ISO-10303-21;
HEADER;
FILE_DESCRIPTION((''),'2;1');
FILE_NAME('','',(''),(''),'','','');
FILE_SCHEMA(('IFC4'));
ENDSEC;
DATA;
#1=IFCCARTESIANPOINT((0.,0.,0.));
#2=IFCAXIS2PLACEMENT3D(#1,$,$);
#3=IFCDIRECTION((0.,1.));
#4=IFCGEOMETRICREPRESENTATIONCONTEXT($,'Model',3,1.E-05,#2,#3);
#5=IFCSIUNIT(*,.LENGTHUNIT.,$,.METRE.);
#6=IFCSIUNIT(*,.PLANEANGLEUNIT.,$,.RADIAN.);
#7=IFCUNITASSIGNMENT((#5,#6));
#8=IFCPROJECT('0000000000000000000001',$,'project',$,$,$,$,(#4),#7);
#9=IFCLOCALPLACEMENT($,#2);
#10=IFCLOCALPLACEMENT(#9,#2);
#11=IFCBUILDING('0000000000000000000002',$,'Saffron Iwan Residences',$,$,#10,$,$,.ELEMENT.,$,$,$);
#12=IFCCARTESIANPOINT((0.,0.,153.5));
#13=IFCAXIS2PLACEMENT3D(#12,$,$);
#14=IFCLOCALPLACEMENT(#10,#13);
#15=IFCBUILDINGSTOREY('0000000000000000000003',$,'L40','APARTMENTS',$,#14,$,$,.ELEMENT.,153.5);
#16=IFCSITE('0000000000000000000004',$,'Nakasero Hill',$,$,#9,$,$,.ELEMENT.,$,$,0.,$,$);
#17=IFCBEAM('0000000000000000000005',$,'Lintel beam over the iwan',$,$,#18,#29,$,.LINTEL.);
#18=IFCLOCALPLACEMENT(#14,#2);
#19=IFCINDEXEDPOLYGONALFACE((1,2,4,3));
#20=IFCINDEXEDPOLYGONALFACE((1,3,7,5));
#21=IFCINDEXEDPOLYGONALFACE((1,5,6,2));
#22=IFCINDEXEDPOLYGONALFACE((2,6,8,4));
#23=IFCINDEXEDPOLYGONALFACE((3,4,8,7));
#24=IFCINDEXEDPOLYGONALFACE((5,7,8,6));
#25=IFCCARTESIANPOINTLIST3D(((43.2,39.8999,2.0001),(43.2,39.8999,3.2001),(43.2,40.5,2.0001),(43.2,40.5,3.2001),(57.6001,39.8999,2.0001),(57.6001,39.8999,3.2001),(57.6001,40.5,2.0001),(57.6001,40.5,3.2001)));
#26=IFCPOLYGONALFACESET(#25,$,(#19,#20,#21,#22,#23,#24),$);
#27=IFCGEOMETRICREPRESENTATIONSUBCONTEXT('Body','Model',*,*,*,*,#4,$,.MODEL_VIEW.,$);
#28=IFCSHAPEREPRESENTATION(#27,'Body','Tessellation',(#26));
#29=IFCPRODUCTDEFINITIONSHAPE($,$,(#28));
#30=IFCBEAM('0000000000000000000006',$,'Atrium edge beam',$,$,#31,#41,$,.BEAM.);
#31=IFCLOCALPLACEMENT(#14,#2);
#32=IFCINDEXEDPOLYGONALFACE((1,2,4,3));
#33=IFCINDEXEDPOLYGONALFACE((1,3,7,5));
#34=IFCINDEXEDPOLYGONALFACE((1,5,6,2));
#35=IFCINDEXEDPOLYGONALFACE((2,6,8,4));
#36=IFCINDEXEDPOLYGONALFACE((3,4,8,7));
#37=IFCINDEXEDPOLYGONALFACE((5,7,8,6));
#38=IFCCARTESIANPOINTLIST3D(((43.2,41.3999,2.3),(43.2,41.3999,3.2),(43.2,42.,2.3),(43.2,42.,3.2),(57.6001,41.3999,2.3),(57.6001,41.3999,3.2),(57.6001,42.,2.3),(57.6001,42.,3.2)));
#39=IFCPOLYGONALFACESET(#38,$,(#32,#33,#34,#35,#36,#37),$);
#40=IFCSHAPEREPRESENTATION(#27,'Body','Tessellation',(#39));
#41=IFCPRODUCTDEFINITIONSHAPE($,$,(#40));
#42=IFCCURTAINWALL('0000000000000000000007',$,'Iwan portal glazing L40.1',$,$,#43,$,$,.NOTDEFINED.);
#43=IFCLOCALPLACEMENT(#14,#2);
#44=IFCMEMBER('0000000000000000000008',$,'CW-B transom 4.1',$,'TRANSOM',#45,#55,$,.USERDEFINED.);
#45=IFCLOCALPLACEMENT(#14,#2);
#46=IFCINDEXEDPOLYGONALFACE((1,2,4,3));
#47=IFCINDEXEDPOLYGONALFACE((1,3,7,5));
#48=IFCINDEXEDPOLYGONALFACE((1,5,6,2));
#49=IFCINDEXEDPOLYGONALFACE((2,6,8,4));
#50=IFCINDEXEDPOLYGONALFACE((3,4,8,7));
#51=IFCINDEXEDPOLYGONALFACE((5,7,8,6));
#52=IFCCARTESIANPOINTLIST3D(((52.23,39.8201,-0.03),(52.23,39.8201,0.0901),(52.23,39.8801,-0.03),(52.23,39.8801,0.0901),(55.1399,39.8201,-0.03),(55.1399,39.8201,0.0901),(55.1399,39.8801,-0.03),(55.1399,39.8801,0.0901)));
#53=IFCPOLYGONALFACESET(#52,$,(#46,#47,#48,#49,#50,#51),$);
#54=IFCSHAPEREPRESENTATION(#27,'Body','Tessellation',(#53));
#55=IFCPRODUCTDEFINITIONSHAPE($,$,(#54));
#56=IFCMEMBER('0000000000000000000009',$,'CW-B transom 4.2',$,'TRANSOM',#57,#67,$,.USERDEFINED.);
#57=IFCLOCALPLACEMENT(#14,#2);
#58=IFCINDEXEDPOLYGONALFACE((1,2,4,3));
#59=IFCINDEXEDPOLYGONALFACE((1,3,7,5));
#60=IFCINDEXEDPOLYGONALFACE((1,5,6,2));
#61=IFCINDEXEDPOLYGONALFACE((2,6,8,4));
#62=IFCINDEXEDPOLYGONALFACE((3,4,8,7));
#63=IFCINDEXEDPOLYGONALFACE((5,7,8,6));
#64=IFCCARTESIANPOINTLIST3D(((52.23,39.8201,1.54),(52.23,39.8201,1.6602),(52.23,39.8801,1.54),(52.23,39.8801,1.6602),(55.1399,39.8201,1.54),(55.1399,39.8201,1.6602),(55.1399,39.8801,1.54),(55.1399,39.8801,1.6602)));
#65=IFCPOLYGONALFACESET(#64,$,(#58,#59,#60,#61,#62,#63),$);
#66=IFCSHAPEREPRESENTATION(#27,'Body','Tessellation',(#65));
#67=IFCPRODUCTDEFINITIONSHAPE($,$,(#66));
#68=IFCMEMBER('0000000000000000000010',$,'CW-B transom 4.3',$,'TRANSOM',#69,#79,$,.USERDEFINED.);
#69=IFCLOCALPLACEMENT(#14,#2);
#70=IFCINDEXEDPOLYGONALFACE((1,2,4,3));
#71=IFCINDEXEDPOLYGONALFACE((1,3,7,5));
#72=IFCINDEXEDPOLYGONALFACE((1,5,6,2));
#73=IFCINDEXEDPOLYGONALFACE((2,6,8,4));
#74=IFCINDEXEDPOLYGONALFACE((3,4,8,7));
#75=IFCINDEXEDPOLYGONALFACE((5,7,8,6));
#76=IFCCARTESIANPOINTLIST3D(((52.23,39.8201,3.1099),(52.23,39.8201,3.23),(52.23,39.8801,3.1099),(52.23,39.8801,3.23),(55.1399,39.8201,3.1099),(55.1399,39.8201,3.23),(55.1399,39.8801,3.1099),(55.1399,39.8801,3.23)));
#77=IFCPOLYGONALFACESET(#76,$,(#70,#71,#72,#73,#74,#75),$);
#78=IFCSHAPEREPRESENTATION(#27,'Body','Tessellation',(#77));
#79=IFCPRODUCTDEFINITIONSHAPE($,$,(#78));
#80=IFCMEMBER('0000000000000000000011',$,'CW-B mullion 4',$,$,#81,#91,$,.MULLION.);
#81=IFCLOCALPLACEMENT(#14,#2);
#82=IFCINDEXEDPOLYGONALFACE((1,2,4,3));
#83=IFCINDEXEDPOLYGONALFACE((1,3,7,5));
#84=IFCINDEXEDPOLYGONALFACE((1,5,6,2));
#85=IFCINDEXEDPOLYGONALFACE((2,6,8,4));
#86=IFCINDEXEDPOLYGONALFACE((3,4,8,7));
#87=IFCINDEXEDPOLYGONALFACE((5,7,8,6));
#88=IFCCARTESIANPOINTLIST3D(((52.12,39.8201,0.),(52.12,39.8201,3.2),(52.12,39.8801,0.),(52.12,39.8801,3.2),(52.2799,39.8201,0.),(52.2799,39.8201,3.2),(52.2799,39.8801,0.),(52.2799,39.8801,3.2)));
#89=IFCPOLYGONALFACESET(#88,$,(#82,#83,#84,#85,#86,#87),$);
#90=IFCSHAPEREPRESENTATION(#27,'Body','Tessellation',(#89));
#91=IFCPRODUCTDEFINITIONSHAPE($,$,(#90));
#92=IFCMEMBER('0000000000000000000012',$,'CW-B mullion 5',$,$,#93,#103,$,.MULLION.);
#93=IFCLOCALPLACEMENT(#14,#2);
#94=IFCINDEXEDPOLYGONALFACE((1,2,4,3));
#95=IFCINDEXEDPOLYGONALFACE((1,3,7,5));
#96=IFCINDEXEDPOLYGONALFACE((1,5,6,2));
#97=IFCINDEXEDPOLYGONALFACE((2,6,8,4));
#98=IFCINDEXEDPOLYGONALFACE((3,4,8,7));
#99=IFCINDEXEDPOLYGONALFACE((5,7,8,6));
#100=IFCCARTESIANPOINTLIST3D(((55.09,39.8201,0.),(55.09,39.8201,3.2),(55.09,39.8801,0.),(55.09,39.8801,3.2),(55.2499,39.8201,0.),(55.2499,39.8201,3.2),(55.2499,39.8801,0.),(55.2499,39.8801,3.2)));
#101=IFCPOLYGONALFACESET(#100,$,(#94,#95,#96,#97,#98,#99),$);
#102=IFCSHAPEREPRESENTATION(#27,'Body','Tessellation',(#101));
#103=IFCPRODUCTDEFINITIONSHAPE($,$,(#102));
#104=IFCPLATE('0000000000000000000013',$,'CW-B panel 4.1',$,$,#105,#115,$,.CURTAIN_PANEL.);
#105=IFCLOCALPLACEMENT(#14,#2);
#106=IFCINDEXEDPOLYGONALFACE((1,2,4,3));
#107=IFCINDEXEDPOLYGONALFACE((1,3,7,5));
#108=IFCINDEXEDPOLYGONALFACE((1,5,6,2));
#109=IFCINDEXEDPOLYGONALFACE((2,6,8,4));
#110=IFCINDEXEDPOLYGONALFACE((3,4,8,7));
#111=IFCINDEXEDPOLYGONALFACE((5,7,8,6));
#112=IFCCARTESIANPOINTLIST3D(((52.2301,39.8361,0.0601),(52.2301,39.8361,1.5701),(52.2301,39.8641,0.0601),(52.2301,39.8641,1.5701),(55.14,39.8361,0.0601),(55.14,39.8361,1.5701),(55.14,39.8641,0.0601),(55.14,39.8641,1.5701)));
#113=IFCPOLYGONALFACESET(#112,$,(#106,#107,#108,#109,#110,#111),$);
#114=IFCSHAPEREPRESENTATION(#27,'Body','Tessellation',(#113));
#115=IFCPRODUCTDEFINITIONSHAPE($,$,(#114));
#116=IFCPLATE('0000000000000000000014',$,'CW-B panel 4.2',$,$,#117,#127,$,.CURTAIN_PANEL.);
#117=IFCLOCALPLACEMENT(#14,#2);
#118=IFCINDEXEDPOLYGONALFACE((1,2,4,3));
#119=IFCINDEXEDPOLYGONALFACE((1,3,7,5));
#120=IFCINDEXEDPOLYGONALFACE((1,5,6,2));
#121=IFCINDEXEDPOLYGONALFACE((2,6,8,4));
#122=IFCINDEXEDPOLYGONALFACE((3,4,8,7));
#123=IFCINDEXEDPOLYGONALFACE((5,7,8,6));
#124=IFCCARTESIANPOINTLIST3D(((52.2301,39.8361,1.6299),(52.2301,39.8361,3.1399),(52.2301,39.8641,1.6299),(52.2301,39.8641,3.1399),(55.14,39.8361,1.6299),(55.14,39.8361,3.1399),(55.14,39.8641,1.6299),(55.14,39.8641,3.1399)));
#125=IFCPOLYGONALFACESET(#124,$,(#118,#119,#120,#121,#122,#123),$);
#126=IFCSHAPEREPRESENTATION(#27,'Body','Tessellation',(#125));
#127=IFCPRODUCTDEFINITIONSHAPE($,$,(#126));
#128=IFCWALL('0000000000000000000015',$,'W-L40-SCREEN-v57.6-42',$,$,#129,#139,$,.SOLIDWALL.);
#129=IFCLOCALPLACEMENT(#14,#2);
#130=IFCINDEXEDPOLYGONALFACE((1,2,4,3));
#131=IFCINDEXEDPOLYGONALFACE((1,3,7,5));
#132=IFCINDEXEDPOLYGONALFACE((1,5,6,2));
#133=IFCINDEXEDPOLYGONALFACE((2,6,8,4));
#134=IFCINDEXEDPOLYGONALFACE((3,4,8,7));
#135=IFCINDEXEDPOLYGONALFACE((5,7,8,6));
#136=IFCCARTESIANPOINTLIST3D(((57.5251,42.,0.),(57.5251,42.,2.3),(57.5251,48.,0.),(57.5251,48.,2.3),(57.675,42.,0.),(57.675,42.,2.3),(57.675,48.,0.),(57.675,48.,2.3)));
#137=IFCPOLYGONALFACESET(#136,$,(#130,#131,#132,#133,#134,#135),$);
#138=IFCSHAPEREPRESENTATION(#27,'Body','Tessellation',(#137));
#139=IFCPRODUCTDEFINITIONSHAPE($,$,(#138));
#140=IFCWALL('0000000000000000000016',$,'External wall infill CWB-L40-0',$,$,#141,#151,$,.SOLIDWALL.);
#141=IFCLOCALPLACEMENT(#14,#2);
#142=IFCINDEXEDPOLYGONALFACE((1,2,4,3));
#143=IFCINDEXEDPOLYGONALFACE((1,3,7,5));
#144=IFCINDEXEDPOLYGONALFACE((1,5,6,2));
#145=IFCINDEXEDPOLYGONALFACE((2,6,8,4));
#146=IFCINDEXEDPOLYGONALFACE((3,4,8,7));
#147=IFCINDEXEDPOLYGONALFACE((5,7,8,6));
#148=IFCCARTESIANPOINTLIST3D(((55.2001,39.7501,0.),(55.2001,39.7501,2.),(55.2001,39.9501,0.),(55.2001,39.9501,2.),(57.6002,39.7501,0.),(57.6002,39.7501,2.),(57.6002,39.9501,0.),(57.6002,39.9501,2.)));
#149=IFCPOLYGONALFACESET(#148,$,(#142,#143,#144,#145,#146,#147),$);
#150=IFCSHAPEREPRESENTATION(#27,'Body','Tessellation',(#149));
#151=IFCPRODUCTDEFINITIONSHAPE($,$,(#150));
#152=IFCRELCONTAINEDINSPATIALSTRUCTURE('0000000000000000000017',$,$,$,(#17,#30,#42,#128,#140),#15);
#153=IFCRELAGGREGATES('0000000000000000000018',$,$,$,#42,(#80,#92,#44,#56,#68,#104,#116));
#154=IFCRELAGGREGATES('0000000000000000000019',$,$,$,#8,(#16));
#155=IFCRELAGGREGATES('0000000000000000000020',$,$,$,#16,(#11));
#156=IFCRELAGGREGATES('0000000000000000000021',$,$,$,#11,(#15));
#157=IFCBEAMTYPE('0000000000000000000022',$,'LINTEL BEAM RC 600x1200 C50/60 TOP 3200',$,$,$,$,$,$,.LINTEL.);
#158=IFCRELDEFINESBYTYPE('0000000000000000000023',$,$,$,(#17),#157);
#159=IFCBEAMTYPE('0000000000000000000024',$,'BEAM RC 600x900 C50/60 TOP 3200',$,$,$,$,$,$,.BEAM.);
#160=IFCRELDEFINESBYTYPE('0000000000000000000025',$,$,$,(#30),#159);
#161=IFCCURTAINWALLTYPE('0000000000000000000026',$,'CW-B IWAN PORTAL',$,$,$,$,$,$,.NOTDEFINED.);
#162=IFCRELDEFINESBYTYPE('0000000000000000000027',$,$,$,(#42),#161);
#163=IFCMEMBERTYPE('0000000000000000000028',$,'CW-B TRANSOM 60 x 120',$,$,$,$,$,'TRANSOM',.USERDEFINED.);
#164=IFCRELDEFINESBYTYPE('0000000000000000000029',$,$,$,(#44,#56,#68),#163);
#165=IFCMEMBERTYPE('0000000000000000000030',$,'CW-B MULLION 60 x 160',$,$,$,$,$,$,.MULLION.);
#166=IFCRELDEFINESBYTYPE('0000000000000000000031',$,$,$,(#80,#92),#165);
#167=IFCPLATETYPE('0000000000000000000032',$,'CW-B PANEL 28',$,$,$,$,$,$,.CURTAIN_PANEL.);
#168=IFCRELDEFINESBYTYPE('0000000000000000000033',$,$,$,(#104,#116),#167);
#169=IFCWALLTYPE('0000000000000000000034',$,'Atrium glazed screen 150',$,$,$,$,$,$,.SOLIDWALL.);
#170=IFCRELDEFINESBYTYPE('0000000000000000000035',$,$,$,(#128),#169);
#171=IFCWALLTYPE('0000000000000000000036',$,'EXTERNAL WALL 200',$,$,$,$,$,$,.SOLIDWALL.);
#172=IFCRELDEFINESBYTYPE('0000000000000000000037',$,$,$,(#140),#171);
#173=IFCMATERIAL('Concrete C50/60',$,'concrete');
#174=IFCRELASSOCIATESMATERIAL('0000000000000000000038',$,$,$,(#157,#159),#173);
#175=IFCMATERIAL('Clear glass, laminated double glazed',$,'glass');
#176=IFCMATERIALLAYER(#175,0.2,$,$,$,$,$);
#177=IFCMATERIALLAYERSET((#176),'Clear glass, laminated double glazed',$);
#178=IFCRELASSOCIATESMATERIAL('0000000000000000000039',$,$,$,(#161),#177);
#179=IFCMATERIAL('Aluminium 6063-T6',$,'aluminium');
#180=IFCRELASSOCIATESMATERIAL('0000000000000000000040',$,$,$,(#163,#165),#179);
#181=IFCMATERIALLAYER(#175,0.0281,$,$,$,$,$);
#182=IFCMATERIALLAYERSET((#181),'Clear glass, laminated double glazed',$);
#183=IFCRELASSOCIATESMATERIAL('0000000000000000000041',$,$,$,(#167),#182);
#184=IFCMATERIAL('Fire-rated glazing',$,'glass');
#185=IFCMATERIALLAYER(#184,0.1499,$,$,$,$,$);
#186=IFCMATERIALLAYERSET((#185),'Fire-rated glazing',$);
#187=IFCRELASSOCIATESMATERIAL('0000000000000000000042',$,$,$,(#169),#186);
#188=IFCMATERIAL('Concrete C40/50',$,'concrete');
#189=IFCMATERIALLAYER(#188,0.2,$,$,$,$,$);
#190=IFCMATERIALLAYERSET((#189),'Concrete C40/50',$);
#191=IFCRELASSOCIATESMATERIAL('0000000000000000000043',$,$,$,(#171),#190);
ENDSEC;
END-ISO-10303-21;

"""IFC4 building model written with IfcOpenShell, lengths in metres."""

from ifc_helpers import new_model, si_unit, direction, frame, frame_2d, origin, origin_2d, place, context, subcontext, project, spatial, rectangle, extrude, source, transform, mapped, material, layer, layer_set, material_profile, profile_set, type_object, element, aggregate, save


model = new_model("IFC4")

# Units and contexts
model_context = context("Model", 3, precision=1e-05, world=origin(), true_north=direction((0.0, 1.0)))
body_context = subcontext(model_context, "Body", "Model", "MODEL_VIEW")
ifc_project = project(units=[si_unit("LENGTHUNIT", "METRE"), si_unit("PLANEANGLEUNIT", "RADIAN")], contexts=[model_context])

# Site, building, storey
site_placement = place(None, origin())
site = spatial("IfcSite", under=ifc_project, at=site_placement, Name="Nakasero Hill", CompositionType="ELEMENT", RefElevation=0.0)
building_placement = place(site_placement, origin())
building = spatial("IfcBuilding", under=site, at=building_placement, Name="Saffron Iwan Residences", CompositionType="ELEMENT")
storey_placement = place(building_placement, frame((0.0, 0.0, 153.5)))
storey = spatial("IfcBuildingStorey", under=building, at=storey_placement, Name="L40", Description="APARTMENTS", CompositionType="ELEMENT", Elevation=153.5)

# Beams
ifc_material_1 = material(Name="Concrete C50/60", Category="concrete")
ifc_material_profile_1 = material_profile(ifc_material_1, rectangle(XDim=0.6001, YDim=1.2, at=origin_2d()), Name="RC 600x1200")
ifc_profile_set_1 = profile_set([ifc_material_profile_1], Name="Concrete C50/60")
beam_type_1 = type_object("IfcBeamType", Name="LINTEL BEAM RC 600x1200 C50/60 TOP 3200", PredefinedType="LINTEL", material=ifc_profile_set_1)
shared_shape_1 = source(origin(), body_context, "Body", "SweptSolid", [
    extrude(rectangle(XDim=0.6001, YDim=1.2, at=origin_2d()), origin(), (0.0, 0.0, 1.0), 14.4001),
])
beam_1_placement = place(storey_placement, frame((57.6001, 40.2, 2.6001), z_axis=(-1.0, 0.0, 0.0), x_axis=(0.0, -1.0, 0.0)))
element("IfcBeam", 1, at=beam_1_placement, inside=storey, type_object=beam_type_1, Name="Lintel beam over the iwan", PredefinedType="LINTEL", context=body_context, shape_type="MappedRepresentation", body=[
    mapped(shared_shape_1, transform((0.0, 0.0, 0.0))),
])
ifc_material_profile_2 = material_profile(ifc_material_1, rectangle(XDim=0.6001, YDim=0.8999, at=origin_2d()), Name="RC 600x900")
ifc_profile_set_2 = profile_set([ifc_material_profile_2], Name="Concrete C50/60")
beam_type_2 = type_object("IfcBeamType", Name="BEAM RC 600x900 C50/60 TOP 3200", PredefinedType="BEAM", material=ifc_profile_set_2)
shared_shape_2 = source(origin(), body_context, "Body", "SweptSolid", [
    extrude(rectangle(XDim=0.6001, YDim=0.8999, at=origin_2d()), origin(), (0.0, 0.0, 1.0), 14.4001),
])
beam_2_placement = place(storey_placement, frame((57.6001, 41.7, 2.75), z_axis=(-1.0, 0.0, 0.0), x_axis=(0.0, -1.0, 0.0)))
element("IfcBeam", 2, at=beam_2_placement, inside=storey, type_object=beam_type_2, Name="Atrium edge beam", PredefinedType="BEAM", context=body_context, shape_type="MappedRepresentation", body=[
    mapped(shared_shape_2, transform((0.0, 0.0, 0.0))),
])

# Curtain wall, members, plates
ifc_material_2 = material(Name="Clear glass, laminated double glazed", Category="glass")
ifc_layer_1 = layer(ifc_material_2, 0.2)
ifc_layer_set_1 = layer_set([ifc_layer_1], Name="Clear glass, laminated double glazed")
curtain_wall_type = type_object("IfcCurtainWallType", Name="CW-B IWAN PORTAL", PredefinedType="NOTDEFINED", material=ifc_layer_set_1)
curtain_wall_placement = place(storey_placement, origin())
curtain_wall = element("IfcCurtainWall", 3, at=curtain_wall_placement, inside=storey, type_object=curtain_wall_type, Name="Iwan portal glazing L40.1", PredefinedType="NOTDEFINED")
ifc_material_3 = material(Name="Aluminium 6063-T6", Category="aluminium")
ifc_material_profile_3 = material_profile(ifc_material_3, rectangle(XDim=0.0601, YDim=0.1201, at=origin_2d()), Name="CW-B TRANSOM 60 x 120")
ifc_profile_set_3 = profile_set([ifc_material_profile_3], Name="Aluminium 6063-T6")
member_type_1 = type_object("IfcMemberType", Name="CW-B TRANSOM 60 x 120", ElementType="TRANSOM", PredefinedType="USERDEFINED", material=ifc_profile_set_3)
shared_shape_3 = source(origin(), body_context, "Body", "SweptSolid", [
    extrude(rectangle(XDim=0.0601, YDim=0.1201, at=origin_2d()), origin(), (0.0, 0.0, 1.0), 2.9099),
])
member_1_placement = place(storey_placement, frame((52.23, 39.8501, 0.03), z_axis=(1.0, 0.0, 0.0), x_axis=(0.0, 1.0, 0.0)))
member_1 = element("IfcMember", 4, at=member_1_placement, type_object=member_type_1, Name="CW-B transom 4.1", ObjectType="TRANSOM", PredefinedType="USERDEFINED", context=body_context, shape_type="MappedRepresentation", body=[
    mapped(shared_shape_3, transform((0.0, 0.0, 0.0))),
])
member_2_placement = place(storey_placement, frame((52.23, 39.8501, 1.6001), z_axis=(1.0, 0.0, 0.0), x_axis=(0.0, 1.0, 0.0)))
member_2 = element("IfcMember", 5, at=member_2_placement, type_object=member_type_1, Name="CW-B transom 4.2", ObjectType="TRANSOM", PredefinedType="USERDEFINED", context=body_context, shape_type="MappedRepresentation", body=[
    mapped(shared_shape_3, transform((0.0, 0.0, 0.0))),
])
member_3_placement = place(storey_placement, frame((52.23, 39.8501, 3.1699), z_axis=(1.0, 0.0, 0.0), x_axis=(0.0, 1.0, 0.0)))
member_3 = element("IfcMember", 6, at=member_3_placement, type_object=member_type_1, Name="CW-B transom 4.3", ObjectType="TRANSOM", PredefinedType="USERDEFINED", context=body_context, shape_type="MappedRepresentation", body=[
    mapped(shared_shape_3, transform((0.0, 0.0, 0.0))),
])
ifc_material_profile_4 = material_profile(ifc_material_3, rectangle(XDim=0.0601, YDim=0.1599, at=origin_2d()), Name="CW-B MULLION 60 x 160")
ifc_profile_set_4 = profile_set([ifc_material_profile_4], Name="Aluminium 6063-T6")
member_type_2 = type_object("IfcMemberType", Name="CW-B MULLION 60 x 160", PredefinedType="MULLION", material=ifc_profile_set_4)
shared_shape_4 = source(origin(), body_context, "Body", "SweptSolid", [
    extrude(rectangle(XDim=0.0601, YDim=0.1599, at=origin_2d()), origin(), (0.0, 0.0, 1.0), 3.2),
])
member_4_placement = place(storey_placement, frame((52.2, 39.8501, 0.0), z_axis=(0.0, 0.0, 1.0), x_axis=(0.0, 1.0, 0.0)))
member_4 = element("IfcMember", 7, at=member_4_placement, type_object=member_type_2, Name="CW-B mullion 4", PredefinedType="MULLION", context=body_context, shape_type="MappedRepresentation", body=[
    mapped(shared_shape_4, transform((0.0, 0.0, 0.0))),
])
member_5_placement = place(storey_placement, frame((55.1699, 39.8501, 0.0), z_axis=(0.0, 0.0, 1.0), x_axis=(0.0, 1.0, 0.0)))
member_5 = element("IfcMember", 8, at=member_5_placement, type_object=member_type_2, Name="CW-B mullion 5", PredefinedType="MULLION", context=body_context, shape_type="MappedRepresentation", body=[
    mapped(shared_shape_4, transform((0.0, 0.0, 0.0))),
])
ifc_layer_2 = layer(ifc_material_2, 0.0281)
ifc_layer_set_2 = layer_set([ifc_layer_2], Name="Clear glass, laminated double glazed")
plate_type = type_object("IfcPlateType", Name="CW-B PANEL 28", PredefinedType="CURTAIN_PANEL", material=ifc_layer_set_2)
shared_shape_5 = source(origin(), body_context, "Body", "SweptSolid", [
    extrude(rectangle(XDim=2.9099, YDim=0.0281, at=origin_2d()), origin(), (0.0, 0.0, 1.0), 1.51),
])
plate_1_placement = place(storey_placement, frame((53.6851, 39.8501, 0.0601), z_axis=(0.0, 0.0, 1.0), x_axis=(1.0, 0.0, 0.0)))
plate_1 = element("IfcPlate", 9, at=plate_1_placement, type_object=plate_type, Name="CW-B panel 4.1", PredefinedType="CURTAIN_PANEL", context=body_context, shape_type="MappedRepresentation", body=[
    mapped(shared_shape_5, transform((0.0, 0.0, 0.0))),
])
plate_2_placement = place(storey_placement, frame((53.6851, 39.8501, 1.6299), z_axis=(0.0, 0.0, 1.0), x_axis=(1.0, 0.0, 0.0)))
plate_2 = element("IfcPlate", 10, at=plate_2_placement, type_object=plate_type, Name="CW-B panel 4.2", PredefinedType="CURTAIN_PANEL", context=body_context, shape_type="MappedRepresentation", body=[
    mapped(shared_shape_5, transform((0.0, 0.0, 0.0))),
])
aggregate(curtain_wall, [member_4, member_5, member_1, member_2, member_3, plate_1, plate_2])

# Walls
ifc_material_4 = material(Name="Fire-rated glazing", Category="glass")
ifc_layer_3 = layer(ifc_material_4, 0.1499)
ifc_layer_set_3 = layer_set([ifc_layer_3], Name="Fire-rated glazing")
wall_type_1 = type_object("IfcWallType", Name="Atrium glazed screen 150", PredefinedType="SOLIDWALL", material=ifc_layer_set_3)
wall_1_placement = place(storey_placement, frame((57.6001, 42.0, 0.0), z_axis=(0.0, 0.0, 1.0), x_axis=(0.0, 1.0, 0.0)))
element("IfcWall", 11, at=wall_1_placement, inside=storey, type_object=wall_type_1, Name="W-L40-SCREEN-v57.6-42", PredefinedType="SOLIDWALL", context=body_context, shape_type="SweptSolid", body=[
    extrude(rectangle(XDim=6.0, YDim=0.1499, at=frame_2d((3.0, 0.0))), origin(), (0.0, 0.0, 1.0), 2.3),
])
ifc_material_5 = material(Name="Concrete C40/50", Category="concrete")
ifc_layer_4 = layer(ifc_material_5, 0.2)
ifc_layer_set_4 = layer_set([ifc_layer_4], Name="Concrete C40/50")
wall_type_2 = type_object("IfcWallType", Name="EXTERNAL WALL 200", PredefinedType="SOLIDWALL", material=ifc_layer_set_4)
wall_2_placement = place(storey_placement, frame((55.2, 39.8501, 0.0), z_axis=(0.0, 0.0, 1.0), x_axis=(1.0, 0.0, 0.0)))
element("IfcWall", 12, at=wall_2_placement, inside=storey, type_object=wall_type_2, Name="External wall infill CWB-L40-0", PredefinedType="SOLIDWALL", context=body_context, shape_type="SweptSolid", body=[
    extrude(rectangle(XDim=2.4001, YDim=0.2, at=frame_2d((1.2002, 0.0))), origin(), (0.0, 0.0, 1.0), 2.0),
])

save(model, "model.ifc")
